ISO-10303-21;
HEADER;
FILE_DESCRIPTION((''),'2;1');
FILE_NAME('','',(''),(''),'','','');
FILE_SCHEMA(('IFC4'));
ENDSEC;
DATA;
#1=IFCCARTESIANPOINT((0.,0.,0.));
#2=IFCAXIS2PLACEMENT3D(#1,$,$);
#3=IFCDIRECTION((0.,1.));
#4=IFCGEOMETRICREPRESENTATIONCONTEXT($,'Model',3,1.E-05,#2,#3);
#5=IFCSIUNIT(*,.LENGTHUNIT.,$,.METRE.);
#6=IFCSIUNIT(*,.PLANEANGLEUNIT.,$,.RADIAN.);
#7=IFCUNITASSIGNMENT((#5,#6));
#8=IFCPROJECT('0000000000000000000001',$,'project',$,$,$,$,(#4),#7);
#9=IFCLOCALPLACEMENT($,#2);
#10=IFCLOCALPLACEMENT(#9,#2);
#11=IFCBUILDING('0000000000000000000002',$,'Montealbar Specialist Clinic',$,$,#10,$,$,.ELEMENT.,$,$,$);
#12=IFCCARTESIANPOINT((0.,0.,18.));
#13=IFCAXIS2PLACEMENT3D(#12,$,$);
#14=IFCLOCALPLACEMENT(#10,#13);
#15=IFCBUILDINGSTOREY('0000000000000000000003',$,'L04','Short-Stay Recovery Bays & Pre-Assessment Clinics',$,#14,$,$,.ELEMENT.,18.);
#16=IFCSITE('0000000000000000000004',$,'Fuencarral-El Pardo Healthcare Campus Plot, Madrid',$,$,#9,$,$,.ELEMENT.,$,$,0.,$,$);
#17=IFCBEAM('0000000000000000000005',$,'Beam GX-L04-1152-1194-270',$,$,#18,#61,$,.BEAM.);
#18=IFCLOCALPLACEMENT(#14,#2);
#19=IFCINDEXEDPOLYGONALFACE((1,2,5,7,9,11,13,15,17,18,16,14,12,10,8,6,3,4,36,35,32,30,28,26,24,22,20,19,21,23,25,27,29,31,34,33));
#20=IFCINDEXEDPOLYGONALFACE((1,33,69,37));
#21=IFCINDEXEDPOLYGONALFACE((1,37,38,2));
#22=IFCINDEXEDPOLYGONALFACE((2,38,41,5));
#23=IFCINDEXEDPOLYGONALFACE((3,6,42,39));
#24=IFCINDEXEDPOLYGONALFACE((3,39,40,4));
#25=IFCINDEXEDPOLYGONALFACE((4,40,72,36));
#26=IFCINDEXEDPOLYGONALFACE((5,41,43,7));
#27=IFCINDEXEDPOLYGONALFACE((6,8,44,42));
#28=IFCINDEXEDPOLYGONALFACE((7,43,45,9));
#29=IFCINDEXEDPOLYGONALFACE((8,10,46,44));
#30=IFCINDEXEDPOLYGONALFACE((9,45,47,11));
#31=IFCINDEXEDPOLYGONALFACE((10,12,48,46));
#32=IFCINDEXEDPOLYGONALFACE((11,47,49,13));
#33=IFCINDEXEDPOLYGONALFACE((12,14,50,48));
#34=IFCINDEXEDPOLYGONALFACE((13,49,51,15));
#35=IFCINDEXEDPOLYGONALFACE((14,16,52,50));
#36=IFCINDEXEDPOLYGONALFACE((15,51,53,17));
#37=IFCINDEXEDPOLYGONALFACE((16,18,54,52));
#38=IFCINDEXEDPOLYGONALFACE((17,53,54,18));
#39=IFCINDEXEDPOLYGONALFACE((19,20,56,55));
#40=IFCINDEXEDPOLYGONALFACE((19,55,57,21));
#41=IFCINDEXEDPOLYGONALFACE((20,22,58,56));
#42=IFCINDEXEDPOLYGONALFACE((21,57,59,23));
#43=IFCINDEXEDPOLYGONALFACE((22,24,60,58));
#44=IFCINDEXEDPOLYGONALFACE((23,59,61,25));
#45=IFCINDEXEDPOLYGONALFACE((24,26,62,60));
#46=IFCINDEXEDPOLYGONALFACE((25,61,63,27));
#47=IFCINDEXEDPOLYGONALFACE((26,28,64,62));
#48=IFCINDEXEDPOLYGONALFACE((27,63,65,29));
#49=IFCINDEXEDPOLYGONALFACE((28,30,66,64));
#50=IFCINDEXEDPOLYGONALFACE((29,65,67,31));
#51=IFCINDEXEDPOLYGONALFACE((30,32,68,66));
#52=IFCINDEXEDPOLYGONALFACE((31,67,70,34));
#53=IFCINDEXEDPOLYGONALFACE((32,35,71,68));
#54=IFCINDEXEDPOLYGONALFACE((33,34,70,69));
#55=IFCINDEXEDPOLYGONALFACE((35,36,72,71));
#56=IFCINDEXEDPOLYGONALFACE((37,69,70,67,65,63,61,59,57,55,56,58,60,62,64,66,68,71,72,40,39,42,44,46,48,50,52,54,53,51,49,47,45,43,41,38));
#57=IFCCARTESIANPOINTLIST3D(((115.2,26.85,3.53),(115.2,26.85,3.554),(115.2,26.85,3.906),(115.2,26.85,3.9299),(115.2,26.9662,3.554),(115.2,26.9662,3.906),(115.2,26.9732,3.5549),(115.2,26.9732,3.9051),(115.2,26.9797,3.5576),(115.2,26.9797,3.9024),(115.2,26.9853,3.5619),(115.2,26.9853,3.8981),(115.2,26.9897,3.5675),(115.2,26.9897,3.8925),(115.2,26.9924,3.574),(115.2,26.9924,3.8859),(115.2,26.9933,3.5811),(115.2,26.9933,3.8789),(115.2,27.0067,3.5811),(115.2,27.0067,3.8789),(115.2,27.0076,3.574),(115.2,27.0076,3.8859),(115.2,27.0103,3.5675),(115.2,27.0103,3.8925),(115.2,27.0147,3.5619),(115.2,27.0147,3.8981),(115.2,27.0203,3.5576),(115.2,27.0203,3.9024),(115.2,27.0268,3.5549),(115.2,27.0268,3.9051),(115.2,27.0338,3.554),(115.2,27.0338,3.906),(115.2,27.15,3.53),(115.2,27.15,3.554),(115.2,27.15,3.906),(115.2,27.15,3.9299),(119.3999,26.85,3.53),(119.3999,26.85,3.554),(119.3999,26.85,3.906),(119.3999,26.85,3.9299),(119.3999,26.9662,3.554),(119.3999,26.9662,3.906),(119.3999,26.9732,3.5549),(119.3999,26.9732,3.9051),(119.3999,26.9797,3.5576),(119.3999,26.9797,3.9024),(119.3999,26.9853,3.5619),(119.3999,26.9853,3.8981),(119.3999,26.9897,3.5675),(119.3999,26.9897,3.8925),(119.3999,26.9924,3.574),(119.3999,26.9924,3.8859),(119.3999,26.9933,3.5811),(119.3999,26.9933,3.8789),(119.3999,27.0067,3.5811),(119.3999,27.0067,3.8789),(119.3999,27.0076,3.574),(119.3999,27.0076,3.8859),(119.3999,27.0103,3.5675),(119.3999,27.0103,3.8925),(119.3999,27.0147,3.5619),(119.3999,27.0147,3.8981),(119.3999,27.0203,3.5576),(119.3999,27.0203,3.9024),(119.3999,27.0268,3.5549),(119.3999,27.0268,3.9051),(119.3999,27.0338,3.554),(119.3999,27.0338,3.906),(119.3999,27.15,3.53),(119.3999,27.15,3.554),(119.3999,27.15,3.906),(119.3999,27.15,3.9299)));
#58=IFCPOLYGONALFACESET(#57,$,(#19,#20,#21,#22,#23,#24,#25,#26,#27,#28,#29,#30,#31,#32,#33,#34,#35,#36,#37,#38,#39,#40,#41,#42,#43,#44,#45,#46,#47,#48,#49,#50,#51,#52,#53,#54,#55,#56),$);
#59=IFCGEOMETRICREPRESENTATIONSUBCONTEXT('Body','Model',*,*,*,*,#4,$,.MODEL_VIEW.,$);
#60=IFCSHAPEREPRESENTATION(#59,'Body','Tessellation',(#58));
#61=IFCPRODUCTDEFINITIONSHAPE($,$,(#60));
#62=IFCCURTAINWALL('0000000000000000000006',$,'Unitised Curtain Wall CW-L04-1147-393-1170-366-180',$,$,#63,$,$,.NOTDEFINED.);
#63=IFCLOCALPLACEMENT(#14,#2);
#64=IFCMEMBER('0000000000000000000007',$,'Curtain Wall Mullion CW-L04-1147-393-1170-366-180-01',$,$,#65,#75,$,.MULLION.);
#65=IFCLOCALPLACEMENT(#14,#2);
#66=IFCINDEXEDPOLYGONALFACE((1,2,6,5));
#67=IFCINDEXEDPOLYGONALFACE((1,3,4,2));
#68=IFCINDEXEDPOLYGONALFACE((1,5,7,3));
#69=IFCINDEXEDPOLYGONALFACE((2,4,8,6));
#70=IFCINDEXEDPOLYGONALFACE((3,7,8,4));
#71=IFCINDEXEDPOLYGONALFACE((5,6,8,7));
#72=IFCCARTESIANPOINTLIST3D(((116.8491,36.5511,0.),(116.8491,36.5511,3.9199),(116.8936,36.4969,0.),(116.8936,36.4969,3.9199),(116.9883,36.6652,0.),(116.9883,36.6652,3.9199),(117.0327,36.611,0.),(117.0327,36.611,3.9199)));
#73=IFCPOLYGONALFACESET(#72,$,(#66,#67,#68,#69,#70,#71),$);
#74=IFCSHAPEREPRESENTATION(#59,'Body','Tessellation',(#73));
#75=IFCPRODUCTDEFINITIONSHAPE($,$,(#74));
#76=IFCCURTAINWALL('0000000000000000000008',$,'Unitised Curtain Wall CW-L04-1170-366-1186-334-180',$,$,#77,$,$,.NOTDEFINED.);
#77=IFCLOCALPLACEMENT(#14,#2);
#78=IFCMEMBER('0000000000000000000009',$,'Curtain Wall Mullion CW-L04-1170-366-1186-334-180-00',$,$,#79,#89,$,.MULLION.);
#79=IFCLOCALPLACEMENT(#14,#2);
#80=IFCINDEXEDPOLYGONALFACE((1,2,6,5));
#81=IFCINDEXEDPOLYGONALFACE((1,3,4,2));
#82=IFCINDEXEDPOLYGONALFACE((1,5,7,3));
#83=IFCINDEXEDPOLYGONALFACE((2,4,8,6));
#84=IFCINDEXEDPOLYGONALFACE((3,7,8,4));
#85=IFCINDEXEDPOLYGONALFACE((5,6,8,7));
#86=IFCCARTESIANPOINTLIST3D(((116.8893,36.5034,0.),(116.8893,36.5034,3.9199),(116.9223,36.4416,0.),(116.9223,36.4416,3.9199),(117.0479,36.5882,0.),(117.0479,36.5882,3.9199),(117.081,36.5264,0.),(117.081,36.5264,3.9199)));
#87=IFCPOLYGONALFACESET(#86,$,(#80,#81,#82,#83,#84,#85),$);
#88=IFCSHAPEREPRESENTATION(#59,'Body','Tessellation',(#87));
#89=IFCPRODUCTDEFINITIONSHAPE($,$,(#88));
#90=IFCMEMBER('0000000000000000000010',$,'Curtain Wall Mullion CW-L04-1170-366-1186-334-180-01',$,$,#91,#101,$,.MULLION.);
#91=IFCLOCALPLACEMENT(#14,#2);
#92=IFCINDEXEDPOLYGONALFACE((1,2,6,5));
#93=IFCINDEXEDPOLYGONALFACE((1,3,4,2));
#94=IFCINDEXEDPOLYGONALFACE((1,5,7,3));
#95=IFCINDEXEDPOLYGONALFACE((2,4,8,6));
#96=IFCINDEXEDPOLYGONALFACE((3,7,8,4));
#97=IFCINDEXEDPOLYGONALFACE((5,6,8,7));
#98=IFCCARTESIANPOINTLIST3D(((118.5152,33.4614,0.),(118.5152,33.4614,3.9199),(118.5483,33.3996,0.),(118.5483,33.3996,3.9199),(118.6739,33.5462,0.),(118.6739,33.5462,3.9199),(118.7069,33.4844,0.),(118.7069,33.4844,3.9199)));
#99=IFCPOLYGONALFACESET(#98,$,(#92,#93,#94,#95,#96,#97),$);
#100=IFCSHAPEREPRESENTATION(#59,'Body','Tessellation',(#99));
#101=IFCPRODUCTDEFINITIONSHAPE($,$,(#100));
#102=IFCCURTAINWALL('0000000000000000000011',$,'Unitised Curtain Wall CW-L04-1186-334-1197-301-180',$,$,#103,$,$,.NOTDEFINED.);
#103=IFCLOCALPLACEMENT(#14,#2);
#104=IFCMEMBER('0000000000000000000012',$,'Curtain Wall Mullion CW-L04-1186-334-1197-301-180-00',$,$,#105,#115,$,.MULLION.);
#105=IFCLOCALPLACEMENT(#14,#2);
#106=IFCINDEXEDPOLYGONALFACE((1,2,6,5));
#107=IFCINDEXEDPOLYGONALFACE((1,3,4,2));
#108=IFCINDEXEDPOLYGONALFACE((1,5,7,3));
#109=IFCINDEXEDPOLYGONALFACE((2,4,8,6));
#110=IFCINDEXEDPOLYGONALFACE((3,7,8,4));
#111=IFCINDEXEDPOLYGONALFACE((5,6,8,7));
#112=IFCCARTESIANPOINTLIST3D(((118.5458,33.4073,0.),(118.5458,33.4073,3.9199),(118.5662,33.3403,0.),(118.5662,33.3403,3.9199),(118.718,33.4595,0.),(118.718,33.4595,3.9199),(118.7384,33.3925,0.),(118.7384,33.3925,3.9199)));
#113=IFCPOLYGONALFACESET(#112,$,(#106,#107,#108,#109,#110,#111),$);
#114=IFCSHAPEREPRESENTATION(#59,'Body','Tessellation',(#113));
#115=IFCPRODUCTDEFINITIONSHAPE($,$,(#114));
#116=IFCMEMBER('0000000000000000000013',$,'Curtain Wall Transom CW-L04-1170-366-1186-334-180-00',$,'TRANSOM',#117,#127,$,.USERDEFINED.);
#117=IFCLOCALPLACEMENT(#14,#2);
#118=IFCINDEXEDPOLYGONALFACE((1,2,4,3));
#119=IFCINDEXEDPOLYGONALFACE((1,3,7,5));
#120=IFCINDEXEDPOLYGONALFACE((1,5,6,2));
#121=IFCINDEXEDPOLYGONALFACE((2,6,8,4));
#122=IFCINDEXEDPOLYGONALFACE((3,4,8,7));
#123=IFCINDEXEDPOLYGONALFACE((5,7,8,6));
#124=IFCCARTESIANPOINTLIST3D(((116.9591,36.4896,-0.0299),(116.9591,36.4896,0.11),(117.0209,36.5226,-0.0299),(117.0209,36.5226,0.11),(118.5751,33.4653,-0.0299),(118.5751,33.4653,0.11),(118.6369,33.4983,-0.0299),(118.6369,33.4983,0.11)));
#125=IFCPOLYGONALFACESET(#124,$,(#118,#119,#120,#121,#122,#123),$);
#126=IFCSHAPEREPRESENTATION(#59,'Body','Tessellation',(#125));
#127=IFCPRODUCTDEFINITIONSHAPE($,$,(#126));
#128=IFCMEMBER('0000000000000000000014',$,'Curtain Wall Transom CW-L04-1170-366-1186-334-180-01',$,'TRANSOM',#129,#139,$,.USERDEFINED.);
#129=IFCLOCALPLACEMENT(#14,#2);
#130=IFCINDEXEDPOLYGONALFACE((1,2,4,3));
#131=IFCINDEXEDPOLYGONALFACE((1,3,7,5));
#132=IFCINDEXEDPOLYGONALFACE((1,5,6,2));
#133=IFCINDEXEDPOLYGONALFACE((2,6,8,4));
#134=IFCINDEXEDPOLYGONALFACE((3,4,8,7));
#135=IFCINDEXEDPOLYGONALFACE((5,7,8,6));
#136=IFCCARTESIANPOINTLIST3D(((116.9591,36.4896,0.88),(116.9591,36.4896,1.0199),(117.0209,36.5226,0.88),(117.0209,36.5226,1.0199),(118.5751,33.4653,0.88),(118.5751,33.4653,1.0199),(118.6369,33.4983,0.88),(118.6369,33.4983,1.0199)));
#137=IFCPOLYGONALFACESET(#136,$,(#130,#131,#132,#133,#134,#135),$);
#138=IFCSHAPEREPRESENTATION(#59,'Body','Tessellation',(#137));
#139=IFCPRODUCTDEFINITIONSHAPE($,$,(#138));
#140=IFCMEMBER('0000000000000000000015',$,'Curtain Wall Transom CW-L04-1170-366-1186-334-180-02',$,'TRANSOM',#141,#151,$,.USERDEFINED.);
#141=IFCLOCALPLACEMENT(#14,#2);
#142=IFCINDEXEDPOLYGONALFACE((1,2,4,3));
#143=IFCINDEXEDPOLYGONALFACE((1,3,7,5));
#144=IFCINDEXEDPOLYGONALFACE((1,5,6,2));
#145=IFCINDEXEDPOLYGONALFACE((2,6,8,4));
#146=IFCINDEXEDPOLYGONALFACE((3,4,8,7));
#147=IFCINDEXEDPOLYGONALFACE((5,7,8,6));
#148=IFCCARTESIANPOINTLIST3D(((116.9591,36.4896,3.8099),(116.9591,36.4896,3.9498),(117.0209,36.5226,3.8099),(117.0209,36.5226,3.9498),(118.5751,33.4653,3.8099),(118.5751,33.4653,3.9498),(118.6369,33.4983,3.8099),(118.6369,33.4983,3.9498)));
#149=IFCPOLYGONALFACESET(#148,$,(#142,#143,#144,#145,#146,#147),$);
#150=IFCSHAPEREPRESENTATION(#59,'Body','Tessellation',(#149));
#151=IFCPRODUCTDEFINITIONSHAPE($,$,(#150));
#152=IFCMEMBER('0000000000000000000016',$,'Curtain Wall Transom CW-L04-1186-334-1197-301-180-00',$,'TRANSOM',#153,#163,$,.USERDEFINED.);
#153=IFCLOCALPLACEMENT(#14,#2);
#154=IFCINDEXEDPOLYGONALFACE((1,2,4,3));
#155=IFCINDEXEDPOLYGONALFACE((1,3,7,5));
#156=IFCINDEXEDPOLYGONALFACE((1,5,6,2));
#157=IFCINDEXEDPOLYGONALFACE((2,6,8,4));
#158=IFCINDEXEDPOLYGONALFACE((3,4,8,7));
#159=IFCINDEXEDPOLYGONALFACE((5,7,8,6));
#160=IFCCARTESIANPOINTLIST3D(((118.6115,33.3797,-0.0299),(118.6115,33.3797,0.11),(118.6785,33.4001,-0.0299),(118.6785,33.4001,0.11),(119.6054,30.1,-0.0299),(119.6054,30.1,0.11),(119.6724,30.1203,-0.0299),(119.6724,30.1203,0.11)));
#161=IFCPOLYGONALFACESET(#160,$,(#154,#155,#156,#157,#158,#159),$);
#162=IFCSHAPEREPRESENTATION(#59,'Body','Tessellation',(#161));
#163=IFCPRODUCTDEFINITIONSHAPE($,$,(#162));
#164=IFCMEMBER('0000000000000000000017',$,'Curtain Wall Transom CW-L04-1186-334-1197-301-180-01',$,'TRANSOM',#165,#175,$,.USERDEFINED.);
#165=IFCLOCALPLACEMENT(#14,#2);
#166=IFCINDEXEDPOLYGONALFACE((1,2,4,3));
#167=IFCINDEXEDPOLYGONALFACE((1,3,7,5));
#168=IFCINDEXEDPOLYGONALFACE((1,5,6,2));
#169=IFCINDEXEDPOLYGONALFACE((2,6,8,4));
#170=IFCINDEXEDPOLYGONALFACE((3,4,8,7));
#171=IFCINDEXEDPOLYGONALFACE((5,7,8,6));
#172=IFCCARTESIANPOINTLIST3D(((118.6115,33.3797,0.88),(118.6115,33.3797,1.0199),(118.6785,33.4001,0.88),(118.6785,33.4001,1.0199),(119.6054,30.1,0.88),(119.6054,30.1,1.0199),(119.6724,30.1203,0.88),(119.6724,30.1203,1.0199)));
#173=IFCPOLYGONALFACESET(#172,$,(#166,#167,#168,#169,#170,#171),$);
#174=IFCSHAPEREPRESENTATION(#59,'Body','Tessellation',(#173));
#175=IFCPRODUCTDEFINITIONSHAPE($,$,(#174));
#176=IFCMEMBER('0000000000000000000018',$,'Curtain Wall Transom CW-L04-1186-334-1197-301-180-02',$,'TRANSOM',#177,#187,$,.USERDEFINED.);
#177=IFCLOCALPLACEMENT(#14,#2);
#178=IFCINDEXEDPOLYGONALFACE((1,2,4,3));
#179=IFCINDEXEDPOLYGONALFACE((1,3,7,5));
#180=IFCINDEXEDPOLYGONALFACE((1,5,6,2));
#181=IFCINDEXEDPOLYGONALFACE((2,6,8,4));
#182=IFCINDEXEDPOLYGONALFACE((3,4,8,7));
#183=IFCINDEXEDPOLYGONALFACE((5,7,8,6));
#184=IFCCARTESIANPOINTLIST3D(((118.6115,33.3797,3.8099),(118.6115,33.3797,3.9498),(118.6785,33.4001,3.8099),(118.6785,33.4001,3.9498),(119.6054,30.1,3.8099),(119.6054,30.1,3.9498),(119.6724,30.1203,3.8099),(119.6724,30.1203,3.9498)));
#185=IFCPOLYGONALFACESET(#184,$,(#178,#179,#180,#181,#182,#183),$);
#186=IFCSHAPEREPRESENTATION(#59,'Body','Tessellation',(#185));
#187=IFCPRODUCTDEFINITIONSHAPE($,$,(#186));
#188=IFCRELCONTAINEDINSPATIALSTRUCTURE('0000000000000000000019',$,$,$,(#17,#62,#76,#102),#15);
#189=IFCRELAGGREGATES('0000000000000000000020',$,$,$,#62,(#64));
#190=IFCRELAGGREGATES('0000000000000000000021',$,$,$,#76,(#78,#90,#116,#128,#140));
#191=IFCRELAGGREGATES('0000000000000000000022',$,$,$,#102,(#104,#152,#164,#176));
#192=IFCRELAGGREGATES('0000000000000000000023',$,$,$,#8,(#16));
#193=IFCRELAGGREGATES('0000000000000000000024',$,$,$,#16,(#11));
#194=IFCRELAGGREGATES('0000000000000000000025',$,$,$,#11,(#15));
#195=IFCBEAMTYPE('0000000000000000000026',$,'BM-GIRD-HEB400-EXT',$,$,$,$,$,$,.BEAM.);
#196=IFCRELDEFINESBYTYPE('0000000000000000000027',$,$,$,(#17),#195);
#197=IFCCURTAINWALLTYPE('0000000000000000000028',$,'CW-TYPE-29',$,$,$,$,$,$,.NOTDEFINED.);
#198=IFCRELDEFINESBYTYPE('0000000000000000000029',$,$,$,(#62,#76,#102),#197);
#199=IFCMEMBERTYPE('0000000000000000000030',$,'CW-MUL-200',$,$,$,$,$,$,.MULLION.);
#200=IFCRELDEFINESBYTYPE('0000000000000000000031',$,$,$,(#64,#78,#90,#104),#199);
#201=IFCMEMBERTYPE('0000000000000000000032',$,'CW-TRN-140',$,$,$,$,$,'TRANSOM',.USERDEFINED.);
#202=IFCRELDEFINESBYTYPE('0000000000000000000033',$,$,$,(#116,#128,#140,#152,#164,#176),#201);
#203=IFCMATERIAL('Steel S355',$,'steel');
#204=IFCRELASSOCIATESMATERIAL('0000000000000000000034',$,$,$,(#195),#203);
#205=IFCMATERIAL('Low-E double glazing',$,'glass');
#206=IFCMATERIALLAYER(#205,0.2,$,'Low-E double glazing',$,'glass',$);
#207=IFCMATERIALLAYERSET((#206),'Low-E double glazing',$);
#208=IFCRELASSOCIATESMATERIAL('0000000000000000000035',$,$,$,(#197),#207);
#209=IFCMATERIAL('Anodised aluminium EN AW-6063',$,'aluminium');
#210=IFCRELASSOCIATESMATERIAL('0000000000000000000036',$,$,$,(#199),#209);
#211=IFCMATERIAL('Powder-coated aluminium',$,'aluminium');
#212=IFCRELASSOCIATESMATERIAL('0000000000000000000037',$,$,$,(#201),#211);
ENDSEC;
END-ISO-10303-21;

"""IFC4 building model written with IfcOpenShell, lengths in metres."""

from ifc_helpers import new_model, si_unit, direction, frame, origin, origin_2d, place, context, subcontext, project, spatial, rectangle, i_section, extrude, material, layer, layer_set, material_profile, profile_set, type_object, element, aggregate, save


model = new_model("IFC4")

# Units and contexts
model_context = context("Model", 3, precision=1e-05, world=origin(), true_north=direction((0.0, 1.0)))
body_context = subcontext(model_context, "Body", "Model", "MODEL_VIEW")
ifc_project = project(units=[si_unit("LENGTHUNIT", "METRE"), si_unit("PLANEANGLEUNIT", "RADIAN")], contexts=[model_context])

# Site, building, storey
site_placement = place(None, origin())
site = spatial("IfcSite", under=ifc_project, at=site_placement, Name="Fuencarral-El Pardo Healthcare Campus Plot, Madrid", CompositionType="ELEMENT", RefElevation=0.0)
building_placement = place(site_placement, origin())
building = spatial("IfcBuilding", under=site, at=building_placement, Name="Montealbar Specialist Clinic", CompositionType="ELEMENT")
storey_placement = place(building_placement, frame((0.0, 0.0, 18.0)))
storey = spatial("IfcBuildingStorey", under=building, at=storey_placement, Name="L04", Description="Short-Stay Recovery Bays & Pre-Assessment Clinics", CompositionType="ELEMENT", Elevation=18.0)

# Shared definitions
ifc_material_1 = material(Name="Steel S355", Category="steel")

# Beam
ifc_material_profile_1 = material_profile(ifc_material_1, i_section(OverallWidth=0.3, OverallDepth=0.3999, WebThickness=0.0134, FlangeThickness=0.0239, FilletRadius=0.0271, at=origin_2d()), Name="HEB 400", Category="steel")
ifc_profile_set_1 = profile_set([ifc_material_profile_1], Name="Steel S355")
beam_type = type_object("IfcBeamType", Name="BM-GIRD-HEB400-EXT", PredefinedType="BEAM", material=ifc_profile_set_1)
for number, where, z_axis, x_axis, name in (
    (1, (115.2, 27.0, 3.73), (1.0, 0.0, 0.0), (0.0, 1.0, 0.0), "Beam GX-L04-1152-1194-270"),
):
    element("IfcBeam", number, at=place(storey_placement, frame(where, z_axis=z_axis, x_axis=x_axis)), inside=storey, type_object=beam_type, Name=name, PredefinedType="BEAM", context=body_context, shape_type="SweptSolid", body=[
        extrude(i_section(OverallWidth=0.3, OverallDepth=0.3999, WebThickness=0.0134, FlangeThickness=0.0239, FilletRadius=0.0271, at=origin_2d()), origin(), (0.0, 0.0, 1.0), 4.2),
    ])

# Curtain wall, member
ifc_material_2 = material(Name="Low-E double glazing", Category="glass")
ifc_layer_1 = layer(ifc_material_2, 0.2, Name="Low-E double glazing", Category="glass")
ifc_layer_set_1 = layer_set([ifc_layer_1], Name="Low-E double glazing")
curtain_wall_type = type_object("IfcCurtainWallType", Name="CW-TYPE-29", PredefinedType="NOTDEFINED", material=ifc_layer_set_1)
curtain_wall_1_placement = place(storey_placement, origin())
curtain_wall_1 = element("IfcCurtainWall", 2, at=curtain_wall_1_placement, inside=storey, type_object=curtain_wall_type, Name="Unitised Curtain Wall CW-L04-1147-393-1170-366-180", PredefinedType="NOTDEFINED")
ifc_material_3 = material(Name="Anodised aluminium EN AW-6063", Category="aluminium")
ifc_material_profile_2 = material_profile(ifc_material_3, rectangle(XDim=0.0701, YDim=0.1799, at=origin_2d()), Name="ALU 70x180", Category="aluminium")
ifc_profile_set_2 = profile_set([ifc_material_profile_2], Name="Anodised aluminium EN AW-6063")
member_type_1 = type_object("IfcMemberType", Name="CW-MUL-200", PredefinedType="MULLION", material=ifc_profile_set_2)
member_1_placement = place(storey_placement, frame((116.9409, 36.5811, 0.0), z_axis=(0.0, 0.0, 1.0), x_axis=(0.634256, -0.773123, 0.0)))
member_1 = element("IfcMember", 3, at=member_1_placement, type_object=member_type_1, Name="Curtain Wall Mullion CW-L04-1147-393-1170-366-180-01", PredefinedType="MULLION", context=body_context, shape_type="SweptSolid", body=[
    extrude(rectangle(XDim=0.0701, YDim=0.1799, at=origin_2d()), origin(), (0.0, 0.0, 1.0), 3.9199),
])

# Curtain wall, members
curtain_wall_2_placement = place(storey_placement, origin())
curtain_wall_2 = element("IfcCurtainWall", 4, at=curtain_wall_2_placement, inside=storey, type_object=curtain_wall_type, Name="Unitised Curtain Wall CW-L04-1170-366-1186-334-180", PredefinedType="NOTDEFINED")
member_2_placement = place(storey_placement, frame((116.9851, 36.5149, 0.0), z_axis=(0.0, 0.0, 1.0), x_axis=(0.471529, -0.88185, 0.0)))
member_2 = element("IfcMember", 5, at=member_2_placement, type_object=member_type_1, Name="Curtain Wall Mullion CW-L04-1170-366-1186-334-180-00", PredefinedType="MULLION", context=body_context, shape_type="SweptSolid", body=[
    extrude(rectangle(XDim=0.0701, YDim=0.1799, at=origin_2d()), origin(), (0.0, 0.0, 1.0), 3.9199),
])
member_3_placement = place(storey_placement, frame((118.6111, 33.4729, 0.0), z_axis=(0.0, 0.0, 1.0), x_axis=(0.471529, -0.88185, 0.0)))
member_3 = element("IfcMember", 6, at=member_3_placement, type_object=member_type_1, Name="Curtain Wall Mullion CW-L04-1170-366-1186-334-180-01", PredefinedType="MULLION", context=body_context, shape_type="SweptSolid", body=[
    extrude(rectangle(XDim=0.0701, YDim=0.1799, at=origin_2d()), origin(), (0.0, 0.0, 1.0), 3.9199),
])

# Curtain wall, member
curtain_wall_3_placement = place(storey_placement, origin())
curtain_wall_3 = element("IfcCurtainWall", 7, at=curtain_wall_3_placement, inside=storey, type_object=curtain_wall_type, Name="Unitised Curtain Wall CW-L04-1186-334-1197-301-180", PredefinedType="NOTDEFINED")
member_4_placement = place(storey_placement, frame((118.6421, 33.3999, 0.0), z_axis=(0.0, 0.0, 1.0), x_axis=(0.290259, -0.956948, 0.0)))
member_4 = element("IfcMember", 8, at=member_4_placement, type_object=member_type_1, Name="Curtain Wall Mullion CW-L04-1186-334-1197-301-180-00", PredefinedType="MULLION", context=body_context, shape_type="SweptSolid", body=[
    extrude(rectangle(XDim=0.0701, YDim=0.1799, at=origin_2d()), origin(), (0.0, 0.0, 1.0), 3.9199),
])

# Members
ifc_material_4 = material(Name="Powder-coated aluminium", Category="aluminium")
ifc_material_profile_3 = material_profile(ifc_material_4, rectangle(XDim=0.0701, YDim=0.1399, at=origin_2d()), Name="ALU 70x140", Category="aluminium")
ifc_profile_set_3 = profile_set([ifc_material_profile_3], Name="Powder-coated aluminium")
member_type_2 = type_object("IfcMemberType", Name="CW-TRN-140", ElementType="TRANSOM", PredefinedType="USERDEFINED", material=ifc_profile_set_3)
member_5_placement = place(storey_placement, frame((116.99, 36.5061, 0.04), z_axis=(0.471287, -0.88198, 0.0), x_axis=(0.88198, 0.471287, 0.0)))
member_5 = element("IfcMember", 9, at=member_5_placement, type_object=member_type_2, Name="Curtain Wall Transom CW-L04-1170-366-1186-334-180-00", ObjectType="TRANSOM", PredefinedType="USERDEFINED", context=body_context, shape_type="SweptSolid", body=[
    extrude(rectangle(XDim=0.0701, YDim=0.1399, at=origin_2d()), origin(), (0.0, 0.0, 1.0), 3.429),
])
member_6_placement = place(storey_placement, frame((116.99, 36.5061, 0.95), z_axis=(0.471287, -0.88198, 0.0), x_axis=(0.88198, 0.471287, 0.0)))
member_6 = element("IfcMember", 10, at=member_6_placement, type_object=member_type_2, Name="Curtain Wall Transom CW-L04-1170-366-1186-334-180-01", ObjectType="TRANSOM", PredefinedType="USERDEFINED", context=body_context, shape_type="SweptSolid", body=[
    extrude(rectangle(XDim=0.0701, YDim=0.1399, at=origin_2d()), origin(), (0.0, 0.0, 1.0), 3.429),
])
member_7_placement = place(storey_placement, frame((116.99, 36.5061, 3.8799), z_axis=(0.471287, -0.88198, 0.0), x_axis=(0.88198, 0.471287, 0.0)))
member_7 = element("IfcMember", 11, at=member_7_placement, type_object=member_type_2, Name="Curtain Wall Transom CW-L04-1170-366-1186-334-180-02", ObjectType="TRANSOM", PredefinedType="USERDEFINED", context=body_context, shape_type="SweptSolid", body=[
    extrude(rectangle(XDim=0.0701, YDim=0.1399, at=origin_2d()), origin(), (0.0, 0.0, 1.0), 3.429),
])
member_8_placement = place(storey_placement, frame((118.645, 33.3899, 0.04), z_axis=(0.290013, -0.957023, 0.0), x_axis=(0.957023, 0.290013, 0.0)))
member_8 = element("IfcMember", 12, at=member_8_placement, type_object=member_type_2, Name="Curtain Wall Transom CW-L04-1186-334-1197-301-180-00", ObjectType="TRANSOM", PredefinedType="USERDEFINED", context=body_context, shape_type="SweptSolid", body=[
    extrude(rectangle(XDim=0.0701, YDim=0.1399, at=origin_2d()), origin(), (0.0, 0.0, 1.0), 3.427),
])
member_9_placement = place(storey_placement, frame((118.645, 33.3899, 0.95), z_axis=(0.290013, -0.957023, 0.0), x_axis=(0.957023, 0.290013, 0.0)))
member_9 = element("IfcMember", 13, at=member_9_placement, type_object=member_type_2, Name="Curtain Wall Transom CW-L04-1186-334-1197-301-180-01", ObjectType="TRANSOM", PredefinedType="USERDEFINED", context=body_context, shape_type="SweptSolid", body=[
    extrude(rectangle(XDim=0.0701, YDim=0.1399, at=origin_2d()), origin(), (0.0, 0.0, 1.0), 3.427),
])
member_10_placement = place(storey_placement, frame((118.645, 33.3899, 3.8799), z_axis=(0.290013, -0.957023, 0.0), x_axis=(0.957023, 0.290013, 0.0)))
member_10 = element("IfcMember", 14, at=member_10_placement, type_object=member_type_2, Name="Curtain Wall Transom CW-L04-1186-334-1197-301-180-02", ObjectType="TRANSOM", PredefinedType="USERDEFINED", context=body_context, shape_type="SweptSolid", body=[
    extrude(rectangle(XDim=0.0701, YDim=0.1399, at=origin_2d()), origin(), (0.0, 0.0, 1.0), 3.427),
])

aggregate(curtain_wall_1, [member_1])
aggregate(curtain_wall_2, [member_2, member_3, member_5, member_6, member_7])
aggregate(curtain_wall_3, [member_4, member_8, member_9, member_10])

save(model, "model.ifc")
